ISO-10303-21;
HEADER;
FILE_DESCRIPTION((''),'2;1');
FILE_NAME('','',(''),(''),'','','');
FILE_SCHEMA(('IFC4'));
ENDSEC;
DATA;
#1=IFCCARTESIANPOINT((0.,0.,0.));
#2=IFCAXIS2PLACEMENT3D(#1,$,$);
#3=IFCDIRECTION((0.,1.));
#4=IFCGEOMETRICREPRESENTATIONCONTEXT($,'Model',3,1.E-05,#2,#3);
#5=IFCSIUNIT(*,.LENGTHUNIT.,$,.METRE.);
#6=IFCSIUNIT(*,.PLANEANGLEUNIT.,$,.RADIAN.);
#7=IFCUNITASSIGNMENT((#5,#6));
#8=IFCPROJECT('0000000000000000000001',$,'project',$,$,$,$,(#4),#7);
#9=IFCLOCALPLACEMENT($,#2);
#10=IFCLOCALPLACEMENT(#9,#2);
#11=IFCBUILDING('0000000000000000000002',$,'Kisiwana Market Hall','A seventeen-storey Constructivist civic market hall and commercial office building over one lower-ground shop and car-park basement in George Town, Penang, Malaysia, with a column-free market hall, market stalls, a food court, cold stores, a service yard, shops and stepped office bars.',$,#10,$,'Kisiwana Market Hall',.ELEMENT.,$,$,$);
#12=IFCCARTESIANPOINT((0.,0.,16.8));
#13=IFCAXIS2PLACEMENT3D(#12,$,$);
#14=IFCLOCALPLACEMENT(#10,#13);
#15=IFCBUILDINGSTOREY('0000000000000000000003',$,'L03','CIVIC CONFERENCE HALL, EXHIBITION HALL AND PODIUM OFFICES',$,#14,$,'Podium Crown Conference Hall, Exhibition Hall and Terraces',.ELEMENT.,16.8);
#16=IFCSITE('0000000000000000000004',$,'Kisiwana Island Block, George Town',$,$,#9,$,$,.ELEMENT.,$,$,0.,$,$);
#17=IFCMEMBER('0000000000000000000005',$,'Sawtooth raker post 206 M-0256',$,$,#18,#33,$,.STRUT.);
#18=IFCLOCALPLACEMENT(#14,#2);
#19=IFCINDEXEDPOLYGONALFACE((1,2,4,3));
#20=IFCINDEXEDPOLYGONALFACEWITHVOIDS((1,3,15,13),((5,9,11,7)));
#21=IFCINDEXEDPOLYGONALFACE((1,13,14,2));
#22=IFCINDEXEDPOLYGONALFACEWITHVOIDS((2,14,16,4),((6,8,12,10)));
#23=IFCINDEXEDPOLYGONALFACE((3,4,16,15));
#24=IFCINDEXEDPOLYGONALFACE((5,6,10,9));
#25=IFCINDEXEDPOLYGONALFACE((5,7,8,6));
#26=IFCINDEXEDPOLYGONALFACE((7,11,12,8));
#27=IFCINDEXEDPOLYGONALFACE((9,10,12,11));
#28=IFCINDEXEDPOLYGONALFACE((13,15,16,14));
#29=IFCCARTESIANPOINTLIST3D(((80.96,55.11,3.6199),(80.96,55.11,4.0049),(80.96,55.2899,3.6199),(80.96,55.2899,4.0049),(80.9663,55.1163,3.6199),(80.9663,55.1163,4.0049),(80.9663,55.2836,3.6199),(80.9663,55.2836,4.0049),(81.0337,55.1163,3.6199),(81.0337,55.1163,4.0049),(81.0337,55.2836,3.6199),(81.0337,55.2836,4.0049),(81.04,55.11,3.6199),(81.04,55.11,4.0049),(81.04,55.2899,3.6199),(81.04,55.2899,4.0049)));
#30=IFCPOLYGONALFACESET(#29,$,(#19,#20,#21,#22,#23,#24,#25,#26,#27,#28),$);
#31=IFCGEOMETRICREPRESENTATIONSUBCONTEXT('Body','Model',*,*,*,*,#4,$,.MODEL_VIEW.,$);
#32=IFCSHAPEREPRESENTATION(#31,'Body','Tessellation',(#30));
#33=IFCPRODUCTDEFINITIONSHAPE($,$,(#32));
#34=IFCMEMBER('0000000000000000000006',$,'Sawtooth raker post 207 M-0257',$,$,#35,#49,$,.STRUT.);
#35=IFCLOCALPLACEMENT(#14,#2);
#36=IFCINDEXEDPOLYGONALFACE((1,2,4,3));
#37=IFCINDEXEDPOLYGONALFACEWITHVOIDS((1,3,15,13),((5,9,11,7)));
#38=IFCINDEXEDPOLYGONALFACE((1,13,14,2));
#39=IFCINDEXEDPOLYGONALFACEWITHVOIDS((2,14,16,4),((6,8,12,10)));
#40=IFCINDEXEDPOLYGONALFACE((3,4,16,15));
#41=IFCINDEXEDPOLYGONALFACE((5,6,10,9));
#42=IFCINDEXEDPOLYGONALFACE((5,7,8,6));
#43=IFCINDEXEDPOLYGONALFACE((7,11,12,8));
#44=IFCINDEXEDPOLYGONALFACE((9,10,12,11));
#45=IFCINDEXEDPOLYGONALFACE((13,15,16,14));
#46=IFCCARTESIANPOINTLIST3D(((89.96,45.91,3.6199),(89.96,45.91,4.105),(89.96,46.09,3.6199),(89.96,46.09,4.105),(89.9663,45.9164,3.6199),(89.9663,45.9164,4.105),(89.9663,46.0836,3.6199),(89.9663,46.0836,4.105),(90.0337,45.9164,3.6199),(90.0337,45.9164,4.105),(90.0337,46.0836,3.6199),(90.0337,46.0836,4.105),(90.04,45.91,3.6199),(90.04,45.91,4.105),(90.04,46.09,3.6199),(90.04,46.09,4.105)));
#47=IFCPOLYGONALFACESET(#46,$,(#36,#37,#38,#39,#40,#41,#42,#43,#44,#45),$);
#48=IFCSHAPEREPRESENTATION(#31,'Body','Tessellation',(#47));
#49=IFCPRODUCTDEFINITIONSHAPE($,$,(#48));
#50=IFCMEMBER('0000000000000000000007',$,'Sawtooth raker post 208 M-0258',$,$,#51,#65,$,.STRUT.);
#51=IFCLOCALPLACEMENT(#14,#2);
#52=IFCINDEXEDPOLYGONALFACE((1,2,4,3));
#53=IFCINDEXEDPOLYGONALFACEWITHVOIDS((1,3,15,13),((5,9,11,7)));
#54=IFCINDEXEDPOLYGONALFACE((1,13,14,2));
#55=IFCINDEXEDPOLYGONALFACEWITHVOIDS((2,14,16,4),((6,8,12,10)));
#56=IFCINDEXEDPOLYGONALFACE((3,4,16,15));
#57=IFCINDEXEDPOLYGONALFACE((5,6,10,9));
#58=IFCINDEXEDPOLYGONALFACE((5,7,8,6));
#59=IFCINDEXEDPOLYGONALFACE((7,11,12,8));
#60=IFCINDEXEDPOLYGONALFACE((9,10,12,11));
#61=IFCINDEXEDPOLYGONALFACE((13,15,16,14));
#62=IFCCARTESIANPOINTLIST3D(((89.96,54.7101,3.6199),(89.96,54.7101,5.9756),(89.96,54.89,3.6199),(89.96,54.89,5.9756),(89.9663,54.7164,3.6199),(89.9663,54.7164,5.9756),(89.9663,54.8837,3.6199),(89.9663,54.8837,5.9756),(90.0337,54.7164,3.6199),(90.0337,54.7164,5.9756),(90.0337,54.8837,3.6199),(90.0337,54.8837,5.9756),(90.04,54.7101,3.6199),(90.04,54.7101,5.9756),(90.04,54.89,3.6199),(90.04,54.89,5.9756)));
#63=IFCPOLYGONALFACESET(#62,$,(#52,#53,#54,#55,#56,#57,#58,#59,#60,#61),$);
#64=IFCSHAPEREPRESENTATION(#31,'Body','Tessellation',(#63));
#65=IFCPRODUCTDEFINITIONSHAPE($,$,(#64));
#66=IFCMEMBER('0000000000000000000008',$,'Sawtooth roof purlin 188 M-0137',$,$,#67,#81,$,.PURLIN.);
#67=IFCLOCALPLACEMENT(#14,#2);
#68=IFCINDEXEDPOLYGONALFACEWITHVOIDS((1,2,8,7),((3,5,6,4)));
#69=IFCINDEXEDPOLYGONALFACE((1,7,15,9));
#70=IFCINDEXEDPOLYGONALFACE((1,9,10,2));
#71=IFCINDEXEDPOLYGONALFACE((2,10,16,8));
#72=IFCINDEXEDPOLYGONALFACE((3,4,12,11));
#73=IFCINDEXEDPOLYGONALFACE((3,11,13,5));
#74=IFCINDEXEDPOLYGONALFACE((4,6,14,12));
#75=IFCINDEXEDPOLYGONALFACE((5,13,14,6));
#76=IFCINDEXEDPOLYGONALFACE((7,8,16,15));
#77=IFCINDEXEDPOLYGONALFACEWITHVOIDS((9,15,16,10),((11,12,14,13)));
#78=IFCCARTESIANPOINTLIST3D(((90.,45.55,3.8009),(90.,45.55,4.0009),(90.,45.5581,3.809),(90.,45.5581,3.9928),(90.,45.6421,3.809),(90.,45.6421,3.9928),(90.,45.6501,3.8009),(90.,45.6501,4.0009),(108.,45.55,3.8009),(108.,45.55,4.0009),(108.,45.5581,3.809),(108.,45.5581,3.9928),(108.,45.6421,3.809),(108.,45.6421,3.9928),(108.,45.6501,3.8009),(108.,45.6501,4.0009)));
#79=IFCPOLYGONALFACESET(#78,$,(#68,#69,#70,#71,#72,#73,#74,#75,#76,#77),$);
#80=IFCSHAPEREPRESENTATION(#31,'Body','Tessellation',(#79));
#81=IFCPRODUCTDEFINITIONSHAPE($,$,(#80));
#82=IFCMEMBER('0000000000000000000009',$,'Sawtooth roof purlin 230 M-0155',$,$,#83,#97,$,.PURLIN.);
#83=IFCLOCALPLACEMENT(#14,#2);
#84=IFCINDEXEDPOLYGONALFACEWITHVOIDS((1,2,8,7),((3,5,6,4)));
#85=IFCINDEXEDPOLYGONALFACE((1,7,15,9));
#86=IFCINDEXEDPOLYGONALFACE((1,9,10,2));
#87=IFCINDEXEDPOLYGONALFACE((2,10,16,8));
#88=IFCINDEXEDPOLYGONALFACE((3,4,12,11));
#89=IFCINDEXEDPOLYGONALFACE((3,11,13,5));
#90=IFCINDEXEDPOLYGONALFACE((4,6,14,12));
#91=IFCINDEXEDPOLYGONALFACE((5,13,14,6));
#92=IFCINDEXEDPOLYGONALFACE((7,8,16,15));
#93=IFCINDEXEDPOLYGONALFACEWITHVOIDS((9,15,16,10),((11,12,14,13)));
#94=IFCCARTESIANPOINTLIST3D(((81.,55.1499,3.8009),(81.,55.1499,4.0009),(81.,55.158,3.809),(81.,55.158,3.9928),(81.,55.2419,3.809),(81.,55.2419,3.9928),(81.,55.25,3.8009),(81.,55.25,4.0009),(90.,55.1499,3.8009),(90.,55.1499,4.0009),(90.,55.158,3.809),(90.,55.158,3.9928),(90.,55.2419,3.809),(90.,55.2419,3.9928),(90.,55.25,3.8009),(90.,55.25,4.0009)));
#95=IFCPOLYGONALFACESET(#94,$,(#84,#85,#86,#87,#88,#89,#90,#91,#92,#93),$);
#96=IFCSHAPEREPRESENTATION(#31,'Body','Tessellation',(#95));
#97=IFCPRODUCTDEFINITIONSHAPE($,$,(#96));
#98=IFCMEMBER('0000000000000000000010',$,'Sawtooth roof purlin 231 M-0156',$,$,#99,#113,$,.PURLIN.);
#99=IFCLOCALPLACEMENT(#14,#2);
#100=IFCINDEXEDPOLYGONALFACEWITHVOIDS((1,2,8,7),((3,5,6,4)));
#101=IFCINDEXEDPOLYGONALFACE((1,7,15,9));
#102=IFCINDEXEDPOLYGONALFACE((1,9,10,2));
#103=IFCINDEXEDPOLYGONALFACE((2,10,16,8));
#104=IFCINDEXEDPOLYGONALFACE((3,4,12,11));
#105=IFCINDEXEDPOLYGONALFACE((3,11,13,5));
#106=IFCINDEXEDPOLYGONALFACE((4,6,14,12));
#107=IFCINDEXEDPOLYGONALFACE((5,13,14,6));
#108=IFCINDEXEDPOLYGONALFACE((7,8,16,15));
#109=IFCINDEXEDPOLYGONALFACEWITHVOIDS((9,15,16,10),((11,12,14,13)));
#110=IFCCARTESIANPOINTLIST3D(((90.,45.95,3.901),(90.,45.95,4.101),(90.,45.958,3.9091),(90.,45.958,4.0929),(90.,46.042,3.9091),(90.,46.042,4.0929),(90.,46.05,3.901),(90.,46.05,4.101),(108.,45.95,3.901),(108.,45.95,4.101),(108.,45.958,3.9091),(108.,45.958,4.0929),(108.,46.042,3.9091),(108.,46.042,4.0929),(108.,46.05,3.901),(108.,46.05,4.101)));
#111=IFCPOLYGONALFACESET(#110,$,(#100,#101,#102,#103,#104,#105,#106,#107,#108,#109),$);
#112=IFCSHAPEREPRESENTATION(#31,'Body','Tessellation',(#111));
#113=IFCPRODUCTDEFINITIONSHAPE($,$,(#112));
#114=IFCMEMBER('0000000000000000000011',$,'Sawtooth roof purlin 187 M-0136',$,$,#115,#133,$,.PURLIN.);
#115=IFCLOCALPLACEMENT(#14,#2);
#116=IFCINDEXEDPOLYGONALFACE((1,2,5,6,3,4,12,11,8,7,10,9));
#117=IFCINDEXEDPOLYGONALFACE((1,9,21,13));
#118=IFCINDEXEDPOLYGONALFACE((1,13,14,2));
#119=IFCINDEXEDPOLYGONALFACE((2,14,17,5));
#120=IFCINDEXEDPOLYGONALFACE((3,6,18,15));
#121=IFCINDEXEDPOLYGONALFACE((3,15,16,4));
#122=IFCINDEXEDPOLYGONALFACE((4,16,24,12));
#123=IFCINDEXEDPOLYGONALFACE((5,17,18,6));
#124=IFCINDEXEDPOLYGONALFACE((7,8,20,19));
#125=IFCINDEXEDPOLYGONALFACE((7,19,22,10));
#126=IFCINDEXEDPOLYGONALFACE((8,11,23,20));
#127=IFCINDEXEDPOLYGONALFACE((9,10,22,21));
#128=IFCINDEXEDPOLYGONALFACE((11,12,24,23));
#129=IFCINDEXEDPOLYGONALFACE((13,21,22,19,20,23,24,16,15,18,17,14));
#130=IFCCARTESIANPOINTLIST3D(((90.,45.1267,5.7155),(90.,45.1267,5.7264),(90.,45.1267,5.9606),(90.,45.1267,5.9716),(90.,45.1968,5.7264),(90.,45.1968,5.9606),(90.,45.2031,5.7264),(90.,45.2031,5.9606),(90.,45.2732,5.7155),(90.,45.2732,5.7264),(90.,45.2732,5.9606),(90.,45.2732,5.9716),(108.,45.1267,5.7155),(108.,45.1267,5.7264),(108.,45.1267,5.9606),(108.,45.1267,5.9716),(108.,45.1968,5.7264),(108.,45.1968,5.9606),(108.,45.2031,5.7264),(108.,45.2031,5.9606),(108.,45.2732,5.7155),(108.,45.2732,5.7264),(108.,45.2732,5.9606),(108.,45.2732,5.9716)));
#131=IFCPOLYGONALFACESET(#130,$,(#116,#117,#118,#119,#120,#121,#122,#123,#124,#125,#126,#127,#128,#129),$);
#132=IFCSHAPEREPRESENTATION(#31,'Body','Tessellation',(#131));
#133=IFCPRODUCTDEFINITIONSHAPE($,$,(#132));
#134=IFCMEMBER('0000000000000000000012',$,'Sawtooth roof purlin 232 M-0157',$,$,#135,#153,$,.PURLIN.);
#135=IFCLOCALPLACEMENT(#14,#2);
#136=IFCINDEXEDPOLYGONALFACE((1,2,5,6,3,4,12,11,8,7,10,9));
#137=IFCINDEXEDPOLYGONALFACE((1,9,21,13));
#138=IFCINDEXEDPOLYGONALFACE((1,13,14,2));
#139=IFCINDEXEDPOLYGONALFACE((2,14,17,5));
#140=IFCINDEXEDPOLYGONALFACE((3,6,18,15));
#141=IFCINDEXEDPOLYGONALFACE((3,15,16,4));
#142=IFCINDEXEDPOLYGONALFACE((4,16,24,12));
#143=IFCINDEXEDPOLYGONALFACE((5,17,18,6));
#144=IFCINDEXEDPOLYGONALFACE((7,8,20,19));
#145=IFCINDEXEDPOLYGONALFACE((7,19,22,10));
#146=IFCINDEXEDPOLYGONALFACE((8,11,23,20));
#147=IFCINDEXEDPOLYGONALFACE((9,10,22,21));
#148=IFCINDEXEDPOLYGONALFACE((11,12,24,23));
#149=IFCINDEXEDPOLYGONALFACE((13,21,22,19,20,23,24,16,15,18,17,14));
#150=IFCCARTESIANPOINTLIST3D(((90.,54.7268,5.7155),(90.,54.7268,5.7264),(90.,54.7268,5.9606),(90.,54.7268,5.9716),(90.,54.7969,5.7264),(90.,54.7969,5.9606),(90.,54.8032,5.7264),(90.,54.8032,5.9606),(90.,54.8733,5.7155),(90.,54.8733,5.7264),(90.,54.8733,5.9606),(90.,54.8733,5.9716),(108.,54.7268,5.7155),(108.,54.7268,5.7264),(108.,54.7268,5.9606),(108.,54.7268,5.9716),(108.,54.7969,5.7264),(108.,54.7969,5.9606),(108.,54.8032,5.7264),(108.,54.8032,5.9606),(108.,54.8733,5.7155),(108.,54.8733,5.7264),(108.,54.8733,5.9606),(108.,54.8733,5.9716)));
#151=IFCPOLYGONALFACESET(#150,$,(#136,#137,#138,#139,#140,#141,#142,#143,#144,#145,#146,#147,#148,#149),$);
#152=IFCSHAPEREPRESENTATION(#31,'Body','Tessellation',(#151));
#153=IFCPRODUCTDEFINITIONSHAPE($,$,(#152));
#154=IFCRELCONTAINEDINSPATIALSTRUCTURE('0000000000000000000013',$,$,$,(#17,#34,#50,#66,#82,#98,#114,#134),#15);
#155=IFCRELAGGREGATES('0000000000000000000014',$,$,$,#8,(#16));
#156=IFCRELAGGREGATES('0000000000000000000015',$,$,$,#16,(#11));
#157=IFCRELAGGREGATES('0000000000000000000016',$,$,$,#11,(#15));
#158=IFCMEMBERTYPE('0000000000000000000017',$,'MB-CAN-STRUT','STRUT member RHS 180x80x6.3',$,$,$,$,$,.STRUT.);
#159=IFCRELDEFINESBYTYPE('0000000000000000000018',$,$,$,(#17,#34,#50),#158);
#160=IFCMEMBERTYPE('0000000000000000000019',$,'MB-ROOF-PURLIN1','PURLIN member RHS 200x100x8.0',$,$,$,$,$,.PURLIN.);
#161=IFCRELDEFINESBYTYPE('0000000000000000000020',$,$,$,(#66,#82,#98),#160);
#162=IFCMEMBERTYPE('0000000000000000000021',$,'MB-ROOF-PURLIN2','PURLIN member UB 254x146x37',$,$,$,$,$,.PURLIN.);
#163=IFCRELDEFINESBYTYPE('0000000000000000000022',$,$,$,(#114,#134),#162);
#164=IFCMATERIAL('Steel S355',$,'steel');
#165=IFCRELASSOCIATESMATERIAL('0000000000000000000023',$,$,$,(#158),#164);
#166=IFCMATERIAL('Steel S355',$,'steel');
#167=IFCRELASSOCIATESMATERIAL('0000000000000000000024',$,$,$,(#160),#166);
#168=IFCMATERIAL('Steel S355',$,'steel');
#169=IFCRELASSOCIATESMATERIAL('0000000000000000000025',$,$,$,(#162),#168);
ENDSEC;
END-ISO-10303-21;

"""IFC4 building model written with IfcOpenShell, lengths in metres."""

from ifc_helpers import new_model, si_unit, direction, frame, origin, origin_2d, place, context, subcontext, project, spatial, hollow_rectangle, i_section, extrude, material, material_profile, profile_set, type_object, element, save


model = new_model("IFC4")

# Units and contexts
model_context = context("Model", 3, precision=1e-05, world=origin(), true_north=direction((0.0, 1.0)))
body_context = subcontext(model_context, "Body", "Model", "MODEL_VIEW")
ifc_project = project(units=[si_unit("LENGTHUNIT", "METRE"), si_unit("PLANEANGLEUNIT", "RADIAN")], contexts=[model_context])

# Site, building, storey
site_placement = place(None, origin())
site = spatial("IfcSite", under=ifc_project, at=site_placement, Name="Kisiwana Island Block, George Town", CompositionType="ELEMENT", RefElevation=0.0)
building_placement = place(site_placement, origin())
building = spatial("IfcBuilding", under=site, at=building_placement, Name="Kisiwana Market Hall", Description="A seventeen-storey Constructivist civic market hall and commercial office building over one lower-ground shop and car-park basement in George Town, Penang, Malaysia, with a column-free market hall, market stalls, a food court, cold stores, a service yard, shops and stepped office bars.", LongName="Kisiwana Market Hall", CompositionType="ELEMENT")
storey_placement = place(building_placement, frame((0.0, 0.0, 16.8)))
storey = spatial("IfcBuildingStorey", under=building, at=storey_placement, Name="L03", Description="CIVIC CONFERENCE HALL, EXHIBITION HALL AND PODIUM OFFICES", LongName="Podium Crown Conference Hall, Exhibition Hall and Terraces", CompositionType="ELEMENT", Elevation=16.8)

# Members
ifc_material_1 = material(Name="Steel S355", Category="steel")
ifc_material_profile_1 = material_profile(ifc_material_1, hollow_rectangle(XDim=0.0801, YDim=0.1799, WallThickness=0.0063, at=origin_2d()), Name="RHS 180x80x6.3")
ifc_profile_set_1 = profile_set([ifc_material_profile_1], Name="Steel S355")
member_type_1 = type_object("IfcMemberType", Name="MB-CAN-STRUT", Description="STRUT member RHS 180x80x6.3", PredefinedType="STRUT", material=ifc_profile_set_1)
for number, where, z_axis, x_axis, name in (
    (1, (81.0, 55.2, 3.6199), (0.0, 0.0, 1.0), (1.0, 0.0, 0.0), "Sawtooth raker post 206 M-0256"),
):
    element("IfcMember", number, at=place(storey_placement, frame(where, z_axis=z_axis, x_axis=x_axis)), inside=storey, type_object=member_type_1, Name=name, PredefinedType="STRUT", context=body_context, shape_type="SweptSolid", body=[
        extrude(hollow_rectangle(XDim=0.0801, YDim=0.1799, WallThickness=0.0063, at=origin_2d()), origin(), (0.0, 0.0, 1.0), 0.385),
    ])
member_1_placement = place(storey_placement, frame((90.0, 46.0, 3.6199), z_axis=(0.0, 0.0, 1.0), x_axis=(1.0, 0.0, 0.0)))
element("IfcMember", 2, at=member_1_placement, inside=storey, type_object=member_type_1, Name="Sawtooth raker post 207 M-0257", PredefinedType="STRUT", context=body_context, shape_type="SweptSolid", body=[
    extrude(hollow_rectangle(XDim=0.0801, YDim=0.1799, WallThickness=0.0063, at=origin_2d()), origin(), (0.0, 0.0, 1.0), 0.4851),
])
member_2_placement = place(storey_placement, frame((90.0, 54.8, 3.6199), z_axis=(0.0, 0.0, 1.0), x_axis=(1.0, 0.0, 0.0)))
element("IfcMember", 3, at=member_2_placement, inside=storey, type_object=member_type_1, Name="Sawtooth raker post 208 M-0258", PredefinedType="STRUT", context=body_context, shape_type="SweptSolid", body=[
    extrude(hollow_rectangle(XDim=0.0801, YDim=0.1799, WallThickness=0.0063, at=origin_2d()), origin(), (0.0, 0.0, 1.0), 2.3557),
])
ifc_material_2 = material(Name="Steel S355", Category="steel")
ifc_material_profile_2 = material_profile(ifc_material_2, hollow_rectangle(XDim=0.1001, YDim=0.2, WallThickness=0.0081, at=origin_2d()), Name="RHS 200x100x8.0")
ifc_profile_set_2 = profile_set([ifc_material_profile_2], Name="Steel S355")
member_type_2 = type_object("IfcMemberType", Name="MB-ROOF-PURLIN1", Description="PURLIN member RHS 200x100x8.0", PredefinedType="PURLIN", material=ifc_profile_set_2)
member_3_placement = place(storey_placement, frame((90.0, 45.6001, 3.9009), z_axis=(1.0, 0.0, 0.0), x_axis=(0.0, 1.0, 0.0)))
element("IfcMember", 4, at=member_3_placement, inside=storey, type_object=member_type_2, Name="Sawtooth roof purlin 188 M-0137", PredefinedType="PURLIN", context=body_context, shape_type="SweptSolid", body=[
    extrude(hollow_rectangle(XDim=0.1001, YDim=0.2, WallThickness=0.0081, at=origin_2d()), origin(), (0.0, 0.0, 1.0), 18.0),
])
member_4_placement = place(storey_placement, frame((81.0, 55.2, 3.9009), z_axis=(1.0, 0.0, 0.0), x_axis=(0.0, 1.0, 0.0)))
element("IfcMember", 5, at=member_4_placement, inside=storey, type_object=member_type_2, Name="Sawtooth roof purlin 230 M-0155", PredefinedType="PURLIN", context=body_context, shape_type="SweptSolid", body=[
    extrude(hollow_rectangle(XDim=0.1001, YDim=0.2, WallThickness=0.0081, at=origin_2d()), origin(), (0.0, 0.0, 1.0), 9.0),
])
member_5_placement = place(storey_placement, frame((90.0, 46.0, 4.001), z_axis=(1.0, 0.0, 0.0), x_axis=(0.0, 1.0, 0.0)))
element("IfcMember", 6, at=member_5_placement, inside=storey, type_object=member_type_2, Name="Sawtooth roof purlin 231 M-0156", PredefinedType="PURLIN", context=body_context, shape_type="SweptSolid", body=[
    extrude(hollow_rectangle(XDim=0.1001, YDim=0.2, WallThickness=0.0081, at=origin_2d()), origin(), (0.0, 0.0, 1.0), 18.0),
])
ifc_material_3 = material(Name="Steel S355", Category="steel")
ifc_material_profile_3 = material_profile(ifc_material_3, i_section(OverallWidth=0.1465, OverallDepth=0.2561, WebThickness=0.0063, FlangeThickness=0.011, at=origin_2d()), Name="UB 254x146x37")
ifc_profile_set_3 = profile_set([ifc_material_profile_3], Name="Steel S355")
member_type_3 = type_object("IfcMemberType", Name="MB-ROOF-PURLIN2", Description="PURLIN member UB 254x146x37", PredefinedType="PURLIN", material=ifc_profile_set_3)
for number, where, z_axis, x_axis, name in (
    (7, (90.0, 45.2, 5.8435), (1.0, 0.0, 0.0), (0.0, 1.0, 0.0), "Sawtooth roof purlin 187 M-0136"),
    (8, (90.0, 54.8, 5.8435), (1.0, 0.0, 0.0), (0.0, 1.0, 0.0), "Sawtooth roof purlin 232 M-0157"),
):
    element("IfcMember", number, at=place(storey_placement, frame(where, z_axis=z_axis, x_axis=x_axis)), inside=storey, type_object=member_type_3, Name=name, PredefinedType="PURLIN", context=body_context, shape_type="SweptSolid", body=[
        extrude(i_section(OverallWidth=0.1465, OverallDepth=0.2561, WebThickness=0.0063, FlangeThickness=0.011, at=origin_2d()), origin(), (0.0, 0.0, 1.0), 18.0),
    ])

save(model, "model.ifc")
